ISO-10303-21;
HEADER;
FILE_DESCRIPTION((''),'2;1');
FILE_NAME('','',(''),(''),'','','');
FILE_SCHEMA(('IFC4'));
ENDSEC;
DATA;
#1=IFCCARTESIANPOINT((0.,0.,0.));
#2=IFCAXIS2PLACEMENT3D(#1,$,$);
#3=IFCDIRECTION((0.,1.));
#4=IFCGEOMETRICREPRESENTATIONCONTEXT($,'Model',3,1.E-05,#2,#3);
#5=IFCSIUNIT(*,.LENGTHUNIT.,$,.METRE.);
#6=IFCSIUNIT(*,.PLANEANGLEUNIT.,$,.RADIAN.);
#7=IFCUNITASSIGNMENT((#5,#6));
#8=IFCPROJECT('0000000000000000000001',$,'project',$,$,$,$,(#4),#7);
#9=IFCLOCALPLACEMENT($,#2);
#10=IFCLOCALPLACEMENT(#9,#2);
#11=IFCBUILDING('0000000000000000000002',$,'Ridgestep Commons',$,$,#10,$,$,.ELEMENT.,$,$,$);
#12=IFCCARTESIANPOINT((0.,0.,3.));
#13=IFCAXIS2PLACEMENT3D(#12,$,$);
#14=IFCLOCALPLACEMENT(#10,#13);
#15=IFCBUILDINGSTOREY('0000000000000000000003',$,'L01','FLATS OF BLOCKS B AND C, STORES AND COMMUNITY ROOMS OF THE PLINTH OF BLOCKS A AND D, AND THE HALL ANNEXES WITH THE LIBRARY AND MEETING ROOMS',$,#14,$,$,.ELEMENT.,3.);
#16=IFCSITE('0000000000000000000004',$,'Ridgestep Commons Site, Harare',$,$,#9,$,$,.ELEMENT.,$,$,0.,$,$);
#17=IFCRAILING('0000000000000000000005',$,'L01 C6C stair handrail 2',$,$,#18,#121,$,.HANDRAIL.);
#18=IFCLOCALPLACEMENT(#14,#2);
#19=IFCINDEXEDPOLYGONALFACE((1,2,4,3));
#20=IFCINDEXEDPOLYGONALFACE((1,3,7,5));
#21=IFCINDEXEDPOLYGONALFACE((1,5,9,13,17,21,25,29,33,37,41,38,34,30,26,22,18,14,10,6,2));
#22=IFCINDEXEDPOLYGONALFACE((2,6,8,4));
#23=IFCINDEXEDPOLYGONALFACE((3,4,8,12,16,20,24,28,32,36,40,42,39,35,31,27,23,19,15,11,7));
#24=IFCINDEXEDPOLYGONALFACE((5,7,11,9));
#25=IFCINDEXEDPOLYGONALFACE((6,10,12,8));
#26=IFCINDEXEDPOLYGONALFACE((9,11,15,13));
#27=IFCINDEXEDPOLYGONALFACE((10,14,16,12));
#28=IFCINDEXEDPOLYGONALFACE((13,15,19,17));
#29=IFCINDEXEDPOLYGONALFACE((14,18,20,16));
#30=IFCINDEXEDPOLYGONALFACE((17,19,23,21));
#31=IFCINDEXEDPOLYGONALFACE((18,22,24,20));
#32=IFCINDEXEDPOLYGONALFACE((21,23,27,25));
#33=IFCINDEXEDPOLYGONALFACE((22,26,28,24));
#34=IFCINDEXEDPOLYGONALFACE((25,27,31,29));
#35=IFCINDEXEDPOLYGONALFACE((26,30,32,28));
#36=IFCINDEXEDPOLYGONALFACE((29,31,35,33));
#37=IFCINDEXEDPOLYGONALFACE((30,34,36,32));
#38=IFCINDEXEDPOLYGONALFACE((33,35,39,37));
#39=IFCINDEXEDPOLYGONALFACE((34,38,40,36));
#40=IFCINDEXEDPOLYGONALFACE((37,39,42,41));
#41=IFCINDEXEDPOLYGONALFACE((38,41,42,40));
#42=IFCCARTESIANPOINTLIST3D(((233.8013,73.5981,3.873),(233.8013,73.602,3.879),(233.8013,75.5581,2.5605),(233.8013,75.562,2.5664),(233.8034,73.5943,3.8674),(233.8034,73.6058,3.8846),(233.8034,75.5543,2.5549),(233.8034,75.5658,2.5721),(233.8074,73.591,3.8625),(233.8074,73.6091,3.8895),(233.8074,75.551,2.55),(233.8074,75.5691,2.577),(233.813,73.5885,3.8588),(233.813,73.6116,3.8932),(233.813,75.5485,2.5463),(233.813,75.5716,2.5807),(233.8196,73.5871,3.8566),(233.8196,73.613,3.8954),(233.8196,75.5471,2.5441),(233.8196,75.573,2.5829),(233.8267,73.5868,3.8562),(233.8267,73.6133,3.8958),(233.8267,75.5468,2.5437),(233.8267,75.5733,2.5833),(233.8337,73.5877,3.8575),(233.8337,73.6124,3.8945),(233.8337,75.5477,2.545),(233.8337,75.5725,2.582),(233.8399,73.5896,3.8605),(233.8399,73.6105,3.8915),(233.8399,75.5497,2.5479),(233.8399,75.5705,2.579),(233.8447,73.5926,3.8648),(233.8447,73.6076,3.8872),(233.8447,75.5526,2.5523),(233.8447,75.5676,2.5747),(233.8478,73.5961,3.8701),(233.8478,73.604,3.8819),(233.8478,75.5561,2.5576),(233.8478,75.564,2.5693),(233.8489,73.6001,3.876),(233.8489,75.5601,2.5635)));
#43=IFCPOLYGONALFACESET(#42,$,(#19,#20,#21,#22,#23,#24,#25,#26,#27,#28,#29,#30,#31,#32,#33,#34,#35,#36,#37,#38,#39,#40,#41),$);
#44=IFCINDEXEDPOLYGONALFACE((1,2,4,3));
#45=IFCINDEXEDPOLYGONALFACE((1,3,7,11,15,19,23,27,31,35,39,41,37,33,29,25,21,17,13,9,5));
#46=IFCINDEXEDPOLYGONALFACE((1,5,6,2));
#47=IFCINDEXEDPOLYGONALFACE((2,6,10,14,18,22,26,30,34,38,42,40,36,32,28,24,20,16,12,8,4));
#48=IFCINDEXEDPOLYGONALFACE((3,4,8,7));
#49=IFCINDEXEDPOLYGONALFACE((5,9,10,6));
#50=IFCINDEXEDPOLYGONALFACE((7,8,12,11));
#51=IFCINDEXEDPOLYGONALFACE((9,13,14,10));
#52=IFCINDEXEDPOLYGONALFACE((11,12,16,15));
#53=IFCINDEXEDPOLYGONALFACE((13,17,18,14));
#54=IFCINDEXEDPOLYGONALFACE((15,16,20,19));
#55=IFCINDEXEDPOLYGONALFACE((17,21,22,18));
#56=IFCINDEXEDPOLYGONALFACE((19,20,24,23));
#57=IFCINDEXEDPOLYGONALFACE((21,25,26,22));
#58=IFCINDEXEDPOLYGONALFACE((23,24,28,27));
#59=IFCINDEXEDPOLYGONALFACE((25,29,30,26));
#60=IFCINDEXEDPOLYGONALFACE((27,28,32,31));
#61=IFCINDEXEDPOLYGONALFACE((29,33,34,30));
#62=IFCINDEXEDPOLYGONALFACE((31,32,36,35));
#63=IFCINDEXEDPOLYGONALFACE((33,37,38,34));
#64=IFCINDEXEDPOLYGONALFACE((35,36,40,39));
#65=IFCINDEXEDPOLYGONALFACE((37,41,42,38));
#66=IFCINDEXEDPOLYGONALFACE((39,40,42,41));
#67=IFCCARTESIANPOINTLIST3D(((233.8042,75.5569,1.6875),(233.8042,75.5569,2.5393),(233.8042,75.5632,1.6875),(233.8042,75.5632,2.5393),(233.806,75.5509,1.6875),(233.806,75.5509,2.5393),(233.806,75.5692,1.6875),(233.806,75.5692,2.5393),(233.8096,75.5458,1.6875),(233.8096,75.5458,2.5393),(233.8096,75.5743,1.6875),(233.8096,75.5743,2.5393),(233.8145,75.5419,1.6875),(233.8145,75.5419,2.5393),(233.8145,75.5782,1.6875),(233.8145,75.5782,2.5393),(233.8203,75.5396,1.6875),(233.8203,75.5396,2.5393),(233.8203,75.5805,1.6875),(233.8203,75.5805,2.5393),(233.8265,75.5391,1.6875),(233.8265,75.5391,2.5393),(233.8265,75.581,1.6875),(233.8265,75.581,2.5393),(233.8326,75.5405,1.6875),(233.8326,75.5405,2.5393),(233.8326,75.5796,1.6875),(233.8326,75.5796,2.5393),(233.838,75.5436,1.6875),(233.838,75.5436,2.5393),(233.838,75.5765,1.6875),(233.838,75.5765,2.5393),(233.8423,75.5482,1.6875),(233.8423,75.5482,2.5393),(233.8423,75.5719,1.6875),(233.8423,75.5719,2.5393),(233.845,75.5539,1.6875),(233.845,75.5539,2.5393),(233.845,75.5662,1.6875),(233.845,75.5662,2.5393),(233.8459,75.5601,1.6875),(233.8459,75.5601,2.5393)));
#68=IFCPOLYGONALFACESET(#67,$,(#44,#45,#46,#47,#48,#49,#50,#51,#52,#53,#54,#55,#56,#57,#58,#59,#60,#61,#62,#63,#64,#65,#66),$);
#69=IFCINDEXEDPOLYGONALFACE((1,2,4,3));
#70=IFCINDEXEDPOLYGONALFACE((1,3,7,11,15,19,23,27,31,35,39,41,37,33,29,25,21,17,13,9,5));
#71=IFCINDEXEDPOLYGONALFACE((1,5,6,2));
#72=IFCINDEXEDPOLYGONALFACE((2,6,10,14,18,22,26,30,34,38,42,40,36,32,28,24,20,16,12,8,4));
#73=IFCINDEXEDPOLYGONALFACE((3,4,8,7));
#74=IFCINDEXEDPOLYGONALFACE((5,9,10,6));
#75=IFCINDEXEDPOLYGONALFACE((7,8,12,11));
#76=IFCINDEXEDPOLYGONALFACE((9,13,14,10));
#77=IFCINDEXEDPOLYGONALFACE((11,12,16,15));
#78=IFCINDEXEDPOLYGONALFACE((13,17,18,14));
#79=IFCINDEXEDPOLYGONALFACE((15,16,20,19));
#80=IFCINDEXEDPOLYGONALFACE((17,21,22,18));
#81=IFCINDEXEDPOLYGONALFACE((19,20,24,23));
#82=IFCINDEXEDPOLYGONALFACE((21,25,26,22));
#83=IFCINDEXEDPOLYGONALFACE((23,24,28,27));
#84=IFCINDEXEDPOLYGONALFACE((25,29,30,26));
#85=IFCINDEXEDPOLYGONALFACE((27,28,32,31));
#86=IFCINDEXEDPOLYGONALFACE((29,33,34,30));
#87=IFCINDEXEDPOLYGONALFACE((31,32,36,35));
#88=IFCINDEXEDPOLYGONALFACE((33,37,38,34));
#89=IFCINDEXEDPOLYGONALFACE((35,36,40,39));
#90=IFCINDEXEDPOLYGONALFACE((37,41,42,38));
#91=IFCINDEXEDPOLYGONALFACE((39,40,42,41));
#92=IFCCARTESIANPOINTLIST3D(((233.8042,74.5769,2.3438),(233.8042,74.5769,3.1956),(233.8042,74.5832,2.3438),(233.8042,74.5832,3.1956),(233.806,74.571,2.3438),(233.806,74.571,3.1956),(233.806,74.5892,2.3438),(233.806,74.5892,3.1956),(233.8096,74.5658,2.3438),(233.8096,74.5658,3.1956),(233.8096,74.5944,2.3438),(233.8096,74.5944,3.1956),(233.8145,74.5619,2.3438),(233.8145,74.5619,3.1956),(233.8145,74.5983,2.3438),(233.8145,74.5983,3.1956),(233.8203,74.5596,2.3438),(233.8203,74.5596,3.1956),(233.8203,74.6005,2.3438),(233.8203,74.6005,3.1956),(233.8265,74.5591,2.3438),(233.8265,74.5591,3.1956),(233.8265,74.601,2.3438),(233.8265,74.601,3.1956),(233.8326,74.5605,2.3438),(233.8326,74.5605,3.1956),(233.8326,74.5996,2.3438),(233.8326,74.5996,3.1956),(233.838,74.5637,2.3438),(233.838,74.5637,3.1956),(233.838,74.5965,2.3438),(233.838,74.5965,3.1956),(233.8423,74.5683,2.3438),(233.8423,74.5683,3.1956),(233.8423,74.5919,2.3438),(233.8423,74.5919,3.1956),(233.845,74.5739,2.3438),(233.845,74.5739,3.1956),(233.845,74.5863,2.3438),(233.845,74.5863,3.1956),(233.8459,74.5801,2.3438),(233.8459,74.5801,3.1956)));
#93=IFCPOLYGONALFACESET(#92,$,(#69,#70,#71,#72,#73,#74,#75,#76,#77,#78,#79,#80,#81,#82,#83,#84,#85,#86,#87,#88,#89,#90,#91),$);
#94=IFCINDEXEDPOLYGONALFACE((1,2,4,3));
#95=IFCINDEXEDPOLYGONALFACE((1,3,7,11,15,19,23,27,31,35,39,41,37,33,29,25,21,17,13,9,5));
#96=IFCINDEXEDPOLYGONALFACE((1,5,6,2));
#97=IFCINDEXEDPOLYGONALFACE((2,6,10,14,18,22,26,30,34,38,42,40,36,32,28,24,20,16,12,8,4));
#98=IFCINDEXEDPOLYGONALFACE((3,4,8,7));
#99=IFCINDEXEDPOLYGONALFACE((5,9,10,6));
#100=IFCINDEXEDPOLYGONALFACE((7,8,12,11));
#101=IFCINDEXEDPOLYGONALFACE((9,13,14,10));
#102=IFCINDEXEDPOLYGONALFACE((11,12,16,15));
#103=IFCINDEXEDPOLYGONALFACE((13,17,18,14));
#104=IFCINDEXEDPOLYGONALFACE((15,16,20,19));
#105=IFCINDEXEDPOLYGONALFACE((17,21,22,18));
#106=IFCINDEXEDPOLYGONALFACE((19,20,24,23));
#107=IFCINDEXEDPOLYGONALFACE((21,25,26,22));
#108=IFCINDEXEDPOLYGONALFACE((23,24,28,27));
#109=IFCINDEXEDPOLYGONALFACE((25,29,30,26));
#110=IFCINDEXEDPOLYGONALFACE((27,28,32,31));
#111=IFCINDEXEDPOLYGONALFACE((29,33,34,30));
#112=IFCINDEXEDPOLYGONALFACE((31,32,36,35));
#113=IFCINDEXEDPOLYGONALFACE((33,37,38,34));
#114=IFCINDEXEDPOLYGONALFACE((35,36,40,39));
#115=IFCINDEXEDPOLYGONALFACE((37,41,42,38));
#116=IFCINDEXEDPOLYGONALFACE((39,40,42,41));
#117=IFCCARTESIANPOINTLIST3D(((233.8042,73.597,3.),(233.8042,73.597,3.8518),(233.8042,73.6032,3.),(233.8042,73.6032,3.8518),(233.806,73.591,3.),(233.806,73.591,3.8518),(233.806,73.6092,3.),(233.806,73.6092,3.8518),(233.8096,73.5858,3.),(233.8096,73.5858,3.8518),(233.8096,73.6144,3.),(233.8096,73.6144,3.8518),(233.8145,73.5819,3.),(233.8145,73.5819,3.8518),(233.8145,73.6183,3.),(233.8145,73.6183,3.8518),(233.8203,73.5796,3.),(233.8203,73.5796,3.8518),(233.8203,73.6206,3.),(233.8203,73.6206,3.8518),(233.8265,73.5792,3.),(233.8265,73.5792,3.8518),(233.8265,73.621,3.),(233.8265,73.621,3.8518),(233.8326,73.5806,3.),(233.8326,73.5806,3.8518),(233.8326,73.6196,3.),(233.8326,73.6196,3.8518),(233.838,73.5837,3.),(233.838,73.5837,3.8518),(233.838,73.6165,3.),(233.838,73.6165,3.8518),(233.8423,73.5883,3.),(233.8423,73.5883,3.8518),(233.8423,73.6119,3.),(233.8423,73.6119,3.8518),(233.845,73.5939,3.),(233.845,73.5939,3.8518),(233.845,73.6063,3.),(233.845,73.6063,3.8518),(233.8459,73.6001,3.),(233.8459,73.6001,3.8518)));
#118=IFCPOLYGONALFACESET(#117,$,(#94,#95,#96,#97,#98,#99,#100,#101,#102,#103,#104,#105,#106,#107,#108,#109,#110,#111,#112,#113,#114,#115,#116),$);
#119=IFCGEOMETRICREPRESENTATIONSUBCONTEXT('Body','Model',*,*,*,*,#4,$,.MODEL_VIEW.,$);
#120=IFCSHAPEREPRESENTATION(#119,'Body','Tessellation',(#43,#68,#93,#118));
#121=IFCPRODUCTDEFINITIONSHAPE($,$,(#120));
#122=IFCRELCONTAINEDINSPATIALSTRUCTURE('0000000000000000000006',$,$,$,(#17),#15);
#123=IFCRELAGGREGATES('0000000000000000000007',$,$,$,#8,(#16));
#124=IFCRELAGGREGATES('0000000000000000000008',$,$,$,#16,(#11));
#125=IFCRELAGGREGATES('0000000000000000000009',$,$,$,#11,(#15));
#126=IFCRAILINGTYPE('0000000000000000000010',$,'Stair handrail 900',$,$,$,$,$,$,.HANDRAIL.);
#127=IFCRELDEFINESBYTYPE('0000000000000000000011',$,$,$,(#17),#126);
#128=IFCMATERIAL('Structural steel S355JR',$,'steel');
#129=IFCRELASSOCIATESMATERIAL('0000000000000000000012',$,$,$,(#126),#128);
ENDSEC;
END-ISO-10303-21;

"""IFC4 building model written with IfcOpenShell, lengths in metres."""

from ifc_helpers import new_model, si_unit, direction, frame, origin, origin_2d, place, context, subcontext, project, spatial, circle, extrude, material, type_object, element, save


model = new_model("IFC4")

# Units and contexts
model_context = context("Model", 3, precision=1e-05, world=origin(), true_north=direction((0.0, 1.0)))
body_context = subcontext(model_context, "Body", "Model", "MODEL_VIEW")
ifc_project = project(units=[si_unit("LENGTHUNIT", "METRE"), si_unit("PLANEANGLEUNIT", "RADIAN")], contexts=[model_context])

# Site, building, storey
site_placement = place(None, origin())
site = spatial("IfcSite", under=ifc_project, at=site_placement, Name="Ridgestep Commons Site, Harare", CompositionType="ELEMENT", RefElevation=0.0)
building_placement = place(site_placement, origin())
building = spatial("IfcBuilding", under=site, at=building_placement, Name="Ridgestep Commons", CompositionType="ELEMENT")
storey_placement = place(building_placement, frame((0.0, 0.0, 3.0)))
storey = spatial("IfcBuildingStorey", under=building, at=storey_placement, Name="L01", Description="FLATS OF BLOCKS B AND C, STORES AND COMMUNITY ROOMS OF THE PLINTH OF BLOCKS A AND D, AND THE HALL ANNEXES WITH THE LIBRARY AND MEETING ROOMS", CompositionType="ELEMENT", Elevation=3.0)

# Railing
ifc_material_1 = material(Name="Structural steel S355JR", Category="steel")
railing_type = type_object("IfcRailingType", Name="Stair handrail 900", PredefinedType="HANDRAIL", material=ifc_material_1)
railing_1_placement = place(storey_placement, frame((233.825, 75.5601, 1.6875)))
element("IfcRailing", 1, at=railing_1_placement, inside=storey, type_object=railing_type, Name="L01 C6C stair handrail 2", PredefinedType="HANDRAIL", context=body_context, shape_type="SweptSolid", body=[
    extrude(circle(Radius=0.0239, at=origin_2d()), frame((0.0, 0.0, 0.876), z_axis=(0.0, -0.830902, 0.556419), x_axis=(1.0, 0.0, 0.0)), (0.0, 0.0, 1.0), 2.3589),
    extrude(circle(Radius=0.021, at=origin_2d()), origin(), (0.0, 0.0, 1.0), 0.8518),
    extrude(circle(Radius=0.021, at=origin_2d()), frame((0.0, -0.98, 0.6562)), (0.0, 0.0, 1.0), 0.8518),
    extrude(circle(Radius=0.021, at=origin_2d()), frame((0.0, -1.96, 1.3125)), (0.0, 0.0, 1.0), 0.8518),
])

save(model, "model.ifc")
